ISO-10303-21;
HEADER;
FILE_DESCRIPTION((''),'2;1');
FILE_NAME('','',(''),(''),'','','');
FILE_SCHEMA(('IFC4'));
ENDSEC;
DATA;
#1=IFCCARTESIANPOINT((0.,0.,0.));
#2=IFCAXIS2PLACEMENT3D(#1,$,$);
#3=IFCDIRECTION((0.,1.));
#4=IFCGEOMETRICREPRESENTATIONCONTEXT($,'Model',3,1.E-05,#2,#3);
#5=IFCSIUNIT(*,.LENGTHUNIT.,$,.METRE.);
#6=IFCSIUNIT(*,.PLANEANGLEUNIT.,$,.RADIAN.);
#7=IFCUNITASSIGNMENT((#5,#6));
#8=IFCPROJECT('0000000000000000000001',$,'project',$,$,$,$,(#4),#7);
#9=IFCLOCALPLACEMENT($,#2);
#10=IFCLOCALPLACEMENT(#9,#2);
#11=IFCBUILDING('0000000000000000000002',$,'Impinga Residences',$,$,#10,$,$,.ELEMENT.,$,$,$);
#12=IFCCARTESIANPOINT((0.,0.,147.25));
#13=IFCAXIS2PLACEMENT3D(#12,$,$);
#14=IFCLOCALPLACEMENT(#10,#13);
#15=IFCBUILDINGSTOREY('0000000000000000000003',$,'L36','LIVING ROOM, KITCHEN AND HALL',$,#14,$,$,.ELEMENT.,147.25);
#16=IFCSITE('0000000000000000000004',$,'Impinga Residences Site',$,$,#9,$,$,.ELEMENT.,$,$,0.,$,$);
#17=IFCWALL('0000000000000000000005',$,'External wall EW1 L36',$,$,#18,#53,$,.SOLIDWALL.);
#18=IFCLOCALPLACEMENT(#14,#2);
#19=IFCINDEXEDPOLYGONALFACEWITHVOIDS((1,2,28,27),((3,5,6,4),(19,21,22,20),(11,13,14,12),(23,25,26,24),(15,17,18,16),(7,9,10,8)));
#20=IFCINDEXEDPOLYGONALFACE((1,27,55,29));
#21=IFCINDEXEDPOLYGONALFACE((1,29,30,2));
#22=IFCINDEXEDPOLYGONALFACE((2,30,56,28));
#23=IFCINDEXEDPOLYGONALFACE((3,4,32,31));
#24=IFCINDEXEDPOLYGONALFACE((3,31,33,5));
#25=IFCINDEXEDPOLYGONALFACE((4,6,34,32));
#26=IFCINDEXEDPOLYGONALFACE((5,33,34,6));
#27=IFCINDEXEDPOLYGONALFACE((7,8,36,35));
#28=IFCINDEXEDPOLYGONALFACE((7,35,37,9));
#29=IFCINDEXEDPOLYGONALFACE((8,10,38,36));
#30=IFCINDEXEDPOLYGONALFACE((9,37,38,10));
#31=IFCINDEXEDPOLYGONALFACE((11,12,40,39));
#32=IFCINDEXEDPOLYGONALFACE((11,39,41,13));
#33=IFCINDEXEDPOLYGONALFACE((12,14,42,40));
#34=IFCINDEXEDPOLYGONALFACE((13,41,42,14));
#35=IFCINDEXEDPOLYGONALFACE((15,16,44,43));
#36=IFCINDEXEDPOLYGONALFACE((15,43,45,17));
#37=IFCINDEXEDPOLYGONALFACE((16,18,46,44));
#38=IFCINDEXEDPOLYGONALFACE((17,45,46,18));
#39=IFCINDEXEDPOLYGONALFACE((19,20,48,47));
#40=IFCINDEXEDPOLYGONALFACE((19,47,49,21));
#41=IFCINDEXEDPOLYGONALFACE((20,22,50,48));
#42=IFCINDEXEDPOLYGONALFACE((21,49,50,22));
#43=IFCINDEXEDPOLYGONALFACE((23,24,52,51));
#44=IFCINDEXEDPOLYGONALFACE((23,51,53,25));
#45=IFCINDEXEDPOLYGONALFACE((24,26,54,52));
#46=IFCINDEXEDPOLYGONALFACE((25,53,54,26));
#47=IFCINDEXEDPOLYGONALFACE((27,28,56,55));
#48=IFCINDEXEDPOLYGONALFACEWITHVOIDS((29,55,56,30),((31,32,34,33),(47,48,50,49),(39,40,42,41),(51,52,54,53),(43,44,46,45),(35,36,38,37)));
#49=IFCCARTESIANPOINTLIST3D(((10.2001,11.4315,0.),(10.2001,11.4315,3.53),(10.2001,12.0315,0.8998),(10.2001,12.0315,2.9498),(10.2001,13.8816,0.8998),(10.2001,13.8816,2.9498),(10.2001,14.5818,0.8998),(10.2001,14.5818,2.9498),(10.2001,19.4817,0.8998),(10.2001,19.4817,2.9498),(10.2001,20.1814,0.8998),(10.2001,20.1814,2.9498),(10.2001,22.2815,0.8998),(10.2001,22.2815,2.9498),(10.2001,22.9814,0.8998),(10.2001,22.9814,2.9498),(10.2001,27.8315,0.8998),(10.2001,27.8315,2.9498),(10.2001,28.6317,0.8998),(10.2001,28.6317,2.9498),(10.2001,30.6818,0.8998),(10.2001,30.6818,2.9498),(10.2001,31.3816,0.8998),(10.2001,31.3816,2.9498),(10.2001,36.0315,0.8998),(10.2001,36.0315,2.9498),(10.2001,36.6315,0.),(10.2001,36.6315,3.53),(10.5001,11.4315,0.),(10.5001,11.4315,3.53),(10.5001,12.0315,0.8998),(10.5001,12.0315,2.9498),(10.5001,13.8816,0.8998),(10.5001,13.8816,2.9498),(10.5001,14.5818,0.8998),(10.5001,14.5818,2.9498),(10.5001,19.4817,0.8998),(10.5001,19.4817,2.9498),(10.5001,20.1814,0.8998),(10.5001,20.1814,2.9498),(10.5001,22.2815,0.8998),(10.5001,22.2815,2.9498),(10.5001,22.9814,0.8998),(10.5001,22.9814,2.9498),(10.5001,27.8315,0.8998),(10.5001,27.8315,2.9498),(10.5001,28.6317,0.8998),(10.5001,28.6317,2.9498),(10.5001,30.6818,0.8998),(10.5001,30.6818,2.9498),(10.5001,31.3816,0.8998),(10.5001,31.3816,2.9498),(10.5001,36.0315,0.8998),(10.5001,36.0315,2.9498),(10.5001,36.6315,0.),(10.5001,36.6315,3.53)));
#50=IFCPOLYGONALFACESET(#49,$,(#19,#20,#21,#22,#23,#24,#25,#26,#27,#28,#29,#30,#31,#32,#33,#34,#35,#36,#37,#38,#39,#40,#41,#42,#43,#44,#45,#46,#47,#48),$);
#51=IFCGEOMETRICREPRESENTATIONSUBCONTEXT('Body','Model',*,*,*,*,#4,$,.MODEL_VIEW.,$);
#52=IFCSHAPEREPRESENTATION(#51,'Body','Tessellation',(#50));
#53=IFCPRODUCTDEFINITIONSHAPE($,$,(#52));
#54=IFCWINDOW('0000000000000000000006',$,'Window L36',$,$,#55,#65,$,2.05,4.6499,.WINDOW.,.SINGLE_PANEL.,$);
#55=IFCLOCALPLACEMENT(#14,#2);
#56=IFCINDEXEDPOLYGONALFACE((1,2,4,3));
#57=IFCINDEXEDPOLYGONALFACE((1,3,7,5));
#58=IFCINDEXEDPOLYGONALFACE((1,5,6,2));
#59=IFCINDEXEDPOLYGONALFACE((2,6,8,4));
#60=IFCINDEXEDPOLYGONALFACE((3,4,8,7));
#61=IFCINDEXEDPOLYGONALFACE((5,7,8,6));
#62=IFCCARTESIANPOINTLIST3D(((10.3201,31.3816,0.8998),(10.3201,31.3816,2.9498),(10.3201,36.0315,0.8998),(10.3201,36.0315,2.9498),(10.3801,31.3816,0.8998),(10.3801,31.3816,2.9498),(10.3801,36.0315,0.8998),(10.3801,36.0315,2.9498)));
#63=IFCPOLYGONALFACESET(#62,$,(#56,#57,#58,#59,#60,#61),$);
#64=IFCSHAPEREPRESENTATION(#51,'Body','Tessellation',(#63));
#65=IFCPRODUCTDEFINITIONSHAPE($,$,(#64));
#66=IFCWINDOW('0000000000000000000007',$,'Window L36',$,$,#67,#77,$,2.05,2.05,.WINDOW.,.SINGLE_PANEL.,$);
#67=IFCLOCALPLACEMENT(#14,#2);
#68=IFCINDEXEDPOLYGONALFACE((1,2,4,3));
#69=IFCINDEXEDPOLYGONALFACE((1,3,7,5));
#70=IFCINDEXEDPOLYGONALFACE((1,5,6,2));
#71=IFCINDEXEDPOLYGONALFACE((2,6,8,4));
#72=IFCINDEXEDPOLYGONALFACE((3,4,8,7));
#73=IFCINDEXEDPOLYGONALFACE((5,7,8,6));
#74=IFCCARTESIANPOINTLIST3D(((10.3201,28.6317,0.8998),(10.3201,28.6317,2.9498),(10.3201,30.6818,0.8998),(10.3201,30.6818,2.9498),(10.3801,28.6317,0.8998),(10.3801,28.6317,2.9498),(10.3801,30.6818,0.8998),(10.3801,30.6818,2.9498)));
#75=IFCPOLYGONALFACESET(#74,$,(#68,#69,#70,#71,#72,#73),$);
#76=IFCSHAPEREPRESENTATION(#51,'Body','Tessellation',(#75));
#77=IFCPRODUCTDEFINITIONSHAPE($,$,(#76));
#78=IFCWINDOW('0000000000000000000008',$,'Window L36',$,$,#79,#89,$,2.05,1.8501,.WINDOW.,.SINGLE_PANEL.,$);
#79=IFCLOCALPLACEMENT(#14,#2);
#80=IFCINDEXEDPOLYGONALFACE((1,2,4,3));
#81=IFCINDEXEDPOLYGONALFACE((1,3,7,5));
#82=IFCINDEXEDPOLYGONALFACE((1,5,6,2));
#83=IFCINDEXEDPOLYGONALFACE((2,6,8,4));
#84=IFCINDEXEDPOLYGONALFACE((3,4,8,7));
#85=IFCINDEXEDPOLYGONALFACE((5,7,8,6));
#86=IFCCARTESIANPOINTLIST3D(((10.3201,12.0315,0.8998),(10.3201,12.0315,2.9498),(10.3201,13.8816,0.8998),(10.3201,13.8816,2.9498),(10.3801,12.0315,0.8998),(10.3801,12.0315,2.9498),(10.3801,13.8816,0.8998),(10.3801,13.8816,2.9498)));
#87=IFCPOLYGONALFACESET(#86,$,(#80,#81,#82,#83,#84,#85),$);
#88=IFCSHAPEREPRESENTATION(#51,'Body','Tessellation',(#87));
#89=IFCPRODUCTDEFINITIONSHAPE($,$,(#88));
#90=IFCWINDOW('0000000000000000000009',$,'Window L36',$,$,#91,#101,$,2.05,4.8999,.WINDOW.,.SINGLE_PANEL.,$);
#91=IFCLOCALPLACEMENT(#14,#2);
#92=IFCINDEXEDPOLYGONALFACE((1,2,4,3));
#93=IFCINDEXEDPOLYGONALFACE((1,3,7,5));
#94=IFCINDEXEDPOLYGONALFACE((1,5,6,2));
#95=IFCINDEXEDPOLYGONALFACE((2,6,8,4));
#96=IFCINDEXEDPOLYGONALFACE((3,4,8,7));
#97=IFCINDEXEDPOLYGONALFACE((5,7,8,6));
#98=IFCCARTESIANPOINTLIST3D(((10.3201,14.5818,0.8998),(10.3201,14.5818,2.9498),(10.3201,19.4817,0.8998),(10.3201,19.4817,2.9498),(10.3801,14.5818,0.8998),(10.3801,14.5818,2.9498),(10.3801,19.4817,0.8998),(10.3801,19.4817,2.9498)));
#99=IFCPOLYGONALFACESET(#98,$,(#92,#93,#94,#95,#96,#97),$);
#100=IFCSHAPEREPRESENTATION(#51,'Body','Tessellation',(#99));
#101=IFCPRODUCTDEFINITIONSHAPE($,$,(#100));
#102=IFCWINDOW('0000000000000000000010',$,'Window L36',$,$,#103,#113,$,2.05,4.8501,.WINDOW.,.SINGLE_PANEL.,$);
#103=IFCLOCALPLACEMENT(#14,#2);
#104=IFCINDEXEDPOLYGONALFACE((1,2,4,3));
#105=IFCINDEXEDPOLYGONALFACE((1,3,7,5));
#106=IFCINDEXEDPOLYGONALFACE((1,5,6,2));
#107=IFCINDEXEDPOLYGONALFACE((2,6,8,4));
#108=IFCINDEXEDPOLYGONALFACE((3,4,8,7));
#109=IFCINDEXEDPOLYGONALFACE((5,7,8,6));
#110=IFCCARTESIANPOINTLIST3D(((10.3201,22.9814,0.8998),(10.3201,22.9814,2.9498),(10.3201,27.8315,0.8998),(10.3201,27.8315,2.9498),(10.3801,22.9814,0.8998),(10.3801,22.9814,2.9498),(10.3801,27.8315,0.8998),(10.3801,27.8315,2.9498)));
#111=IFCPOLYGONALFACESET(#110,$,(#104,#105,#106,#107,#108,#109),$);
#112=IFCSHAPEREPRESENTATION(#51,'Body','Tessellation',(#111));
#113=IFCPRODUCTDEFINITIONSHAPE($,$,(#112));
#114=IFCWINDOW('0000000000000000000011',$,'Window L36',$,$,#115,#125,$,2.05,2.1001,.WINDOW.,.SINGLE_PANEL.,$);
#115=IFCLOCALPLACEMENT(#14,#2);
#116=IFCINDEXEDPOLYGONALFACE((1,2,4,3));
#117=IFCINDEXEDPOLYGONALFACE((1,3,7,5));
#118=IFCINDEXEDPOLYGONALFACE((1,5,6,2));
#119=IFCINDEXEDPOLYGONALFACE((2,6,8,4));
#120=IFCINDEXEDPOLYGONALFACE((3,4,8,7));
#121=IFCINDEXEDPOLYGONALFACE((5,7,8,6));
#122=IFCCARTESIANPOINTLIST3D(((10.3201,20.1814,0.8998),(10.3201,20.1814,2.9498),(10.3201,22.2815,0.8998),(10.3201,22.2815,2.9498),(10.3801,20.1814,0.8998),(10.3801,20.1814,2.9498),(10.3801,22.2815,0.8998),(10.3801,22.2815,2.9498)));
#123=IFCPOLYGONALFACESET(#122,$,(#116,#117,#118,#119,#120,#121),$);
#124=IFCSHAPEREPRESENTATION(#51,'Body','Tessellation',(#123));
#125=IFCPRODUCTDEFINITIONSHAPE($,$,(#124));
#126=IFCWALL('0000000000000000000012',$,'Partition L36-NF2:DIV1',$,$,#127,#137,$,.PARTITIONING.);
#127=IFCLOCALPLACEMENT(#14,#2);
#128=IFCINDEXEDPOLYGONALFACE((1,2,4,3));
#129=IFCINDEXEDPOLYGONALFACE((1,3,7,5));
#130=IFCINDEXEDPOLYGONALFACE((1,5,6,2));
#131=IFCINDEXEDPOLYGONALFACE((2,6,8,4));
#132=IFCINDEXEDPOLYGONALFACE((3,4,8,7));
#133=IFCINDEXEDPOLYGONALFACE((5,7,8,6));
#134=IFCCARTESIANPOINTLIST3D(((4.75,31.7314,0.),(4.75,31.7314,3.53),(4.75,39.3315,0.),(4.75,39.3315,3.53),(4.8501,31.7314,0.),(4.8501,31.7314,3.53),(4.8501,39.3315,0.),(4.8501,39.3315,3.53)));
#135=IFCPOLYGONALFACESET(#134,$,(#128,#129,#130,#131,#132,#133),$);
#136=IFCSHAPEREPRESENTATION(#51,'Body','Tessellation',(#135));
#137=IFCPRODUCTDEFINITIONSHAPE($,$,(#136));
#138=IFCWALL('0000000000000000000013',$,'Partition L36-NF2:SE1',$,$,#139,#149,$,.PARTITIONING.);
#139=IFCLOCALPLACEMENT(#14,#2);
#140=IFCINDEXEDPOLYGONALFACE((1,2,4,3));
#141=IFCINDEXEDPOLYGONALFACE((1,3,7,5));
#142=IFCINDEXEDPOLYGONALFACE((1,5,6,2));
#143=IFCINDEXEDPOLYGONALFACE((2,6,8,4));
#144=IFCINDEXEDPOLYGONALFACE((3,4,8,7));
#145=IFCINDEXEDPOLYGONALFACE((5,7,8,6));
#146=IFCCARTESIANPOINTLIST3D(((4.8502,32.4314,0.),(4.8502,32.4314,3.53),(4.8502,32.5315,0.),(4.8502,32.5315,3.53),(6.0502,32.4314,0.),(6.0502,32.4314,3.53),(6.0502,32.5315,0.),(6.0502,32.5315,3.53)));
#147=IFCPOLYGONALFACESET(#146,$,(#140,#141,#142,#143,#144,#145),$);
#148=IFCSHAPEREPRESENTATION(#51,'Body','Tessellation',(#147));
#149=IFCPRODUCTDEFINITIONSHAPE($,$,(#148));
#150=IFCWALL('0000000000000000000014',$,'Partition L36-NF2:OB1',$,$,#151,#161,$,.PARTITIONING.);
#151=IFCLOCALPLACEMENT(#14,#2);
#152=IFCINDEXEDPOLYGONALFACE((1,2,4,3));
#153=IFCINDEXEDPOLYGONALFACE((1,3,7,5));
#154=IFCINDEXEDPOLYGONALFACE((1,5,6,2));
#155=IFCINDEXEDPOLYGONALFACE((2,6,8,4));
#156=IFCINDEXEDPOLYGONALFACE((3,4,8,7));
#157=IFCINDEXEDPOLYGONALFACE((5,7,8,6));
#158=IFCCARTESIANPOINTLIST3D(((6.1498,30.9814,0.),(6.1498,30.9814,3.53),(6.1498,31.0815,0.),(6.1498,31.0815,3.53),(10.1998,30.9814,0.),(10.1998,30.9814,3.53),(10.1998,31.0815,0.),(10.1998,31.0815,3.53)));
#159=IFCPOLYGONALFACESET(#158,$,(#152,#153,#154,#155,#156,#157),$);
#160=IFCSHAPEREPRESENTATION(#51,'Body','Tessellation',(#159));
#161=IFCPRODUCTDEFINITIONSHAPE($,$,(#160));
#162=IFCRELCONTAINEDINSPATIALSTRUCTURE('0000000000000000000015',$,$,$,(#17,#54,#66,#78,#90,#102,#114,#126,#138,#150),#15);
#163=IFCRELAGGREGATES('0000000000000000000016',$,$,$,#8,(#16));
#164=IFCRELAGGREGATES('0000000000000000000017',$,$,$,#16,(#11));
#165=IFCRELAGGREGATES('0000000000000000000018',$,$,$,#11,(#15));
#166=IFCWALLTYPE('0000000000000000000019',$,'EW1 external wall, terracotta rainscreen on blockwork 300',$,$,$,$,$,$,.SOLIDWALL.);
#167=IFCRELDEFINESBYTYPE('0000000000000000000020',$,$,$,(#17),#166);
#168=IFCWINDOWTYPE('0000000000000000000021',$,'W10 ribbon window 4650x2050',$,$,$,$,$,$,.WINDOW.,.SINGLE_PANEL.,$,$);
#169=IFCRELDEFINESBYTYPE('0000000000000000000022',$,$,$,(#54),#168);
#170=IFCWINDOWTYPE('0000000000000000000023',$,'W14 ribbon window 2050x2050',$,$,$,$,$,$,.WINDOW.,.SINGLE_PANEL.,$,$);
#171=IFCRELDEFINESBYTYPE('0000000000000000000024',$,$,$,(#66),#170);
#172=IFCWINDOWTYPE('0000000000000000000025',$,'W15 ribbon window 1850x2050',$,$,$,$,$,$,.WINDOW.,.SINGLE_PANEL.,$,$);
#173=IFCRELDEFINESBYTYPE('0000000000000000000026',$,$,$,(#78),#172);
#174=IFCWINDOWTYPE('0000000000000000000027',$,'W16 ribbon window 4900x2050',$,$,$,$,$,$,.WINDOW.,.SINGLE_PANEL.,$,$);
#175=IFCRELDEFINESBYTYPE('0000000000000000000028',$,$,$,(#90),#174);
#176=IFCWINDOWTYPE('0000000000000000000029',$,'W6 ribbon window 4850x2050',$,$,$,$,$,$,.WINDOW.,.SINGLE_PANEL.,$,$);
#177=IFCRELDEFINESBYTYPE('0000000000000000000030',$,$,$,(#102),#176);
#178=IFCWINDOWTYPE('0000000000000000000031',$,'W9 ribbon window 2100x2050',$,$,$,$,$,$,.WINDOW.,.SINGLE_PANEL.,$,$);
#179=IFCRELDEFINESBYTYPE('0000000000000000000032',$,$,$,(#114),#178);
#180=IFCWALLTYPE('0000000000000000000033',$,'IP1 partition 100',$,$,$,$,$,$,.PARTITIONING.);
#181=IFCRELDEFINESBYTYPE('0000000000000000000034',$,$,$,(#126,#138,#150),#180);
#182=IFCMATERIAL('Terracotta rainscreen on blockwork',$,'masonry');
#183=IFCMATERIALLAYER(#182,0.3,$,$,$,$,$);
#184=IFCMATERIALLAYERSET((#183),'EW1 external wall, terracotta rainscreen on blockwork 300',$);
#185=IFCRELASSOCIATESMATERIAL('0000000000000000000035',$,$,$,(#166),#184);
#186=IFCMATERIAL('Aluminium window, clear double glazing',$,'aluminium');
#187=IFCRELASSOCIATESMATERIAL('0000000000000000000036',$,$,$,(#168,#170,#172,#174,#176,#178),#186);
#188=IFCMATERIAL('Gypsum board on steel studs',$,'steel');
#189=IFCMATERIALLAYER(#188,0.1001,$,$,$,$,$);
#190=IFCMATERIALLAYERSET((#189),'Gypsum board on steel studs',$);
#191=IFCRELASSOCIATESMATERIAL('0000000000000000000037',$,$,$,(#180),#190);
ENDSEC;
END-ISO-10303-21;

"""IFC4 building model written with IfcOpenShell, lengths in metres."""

from ifc_helpers import new_model, si_unit, direction, frame, frame_2d, origin, place, context, subcontext, project, spatial, rectangle, extrude, material, layer, layer_set, type_object, element, fill, save


model = new_model("IFC4")

# Units and contexts
model_context = context("Model", 3, precision=1e-05, world=origin(), true_north=direction((0.0, 1.0)))
body_context = subcontext(model_context, "Body", "Model", "MODEL_VIEW")
ifc_project = project(units=[si_unit("LENGTHUNIT", "METRE"), si_unit("PLANEANGLEUNIT", "RADIAN")], contexts=[model_context])

# Site, building, storey
site_placement = place(None, origin())
site = spatial("IfcSite", under=ifc_project, at=site_placement, Name="Impinga Residences Site", CompositionType="ELEMENT", RefElevation=0.0)
building_placement = place(site_placement, origin())
building = spatial("IfcBuilding", under=site, at=building_placement, Name="Impinga Residences", CompositionType="ELEMENT")
storey_placement = place(building_placement, frame((0.0, 0.0, 147.25)))
storey = spatial("IfcBuildingStorey", under=building, at=storey_placement, Name="L36", Description="LIVING ROOM, KITCHEN AND HALL", CompositionType="ELEMENT", Elevation=147.25)

# Shared definitions
ifc_material_1 = material(Name="Terracotta rainscreen on blockwork", Category="masonry")
ifc_layer_1 = layer(ifc_material_1, 0.3)
ifc_layer_set_1 = layer_set([ifc_layer_1], Name="EW1 external wall, terracotta rainscreen on blockwork 300")
wall_type_1 = type_object("IfcWallType", Name="EW1 external wall, terracotta rainscreen on blockwork 300", PredefinedType="SOLIDWALL", material=ifc_layer_set_1)

# Wall, openings, windows
wall_1_placement = place(storey_placement, frame((10.3501, 36.6316, 0.0), z_axis=(0.0, 0.0, 1.0), x_axis=(0.0, -1.0, 0.0)))
wall_1 = element("IfcWall", 1, at=wall_1_placement, inside=storey, type_object=wall_type_1, Name="External wall EW1 L36", PredefinedType="SOLIDWALL", context=body_context, shape_type="SweptSolid", body=[
    extrude(rectangle(XDim=25.2, YDim=0.3, at=frame_2d((12.6001, 0.0))), origin(), (0.0, 0.0, 1.0), 3.53),
])
opening_1_placement = place(wall_1_placement, frame((0.6001, 0.0, 0.8999)))
opening_1 = element("IfcOpeningElement", 2, at=opening_1_placement, cuts=wall_1, PredefinedType="OPENING", context=body_context, shape_type="SweptSolid", body=[
    extrude(rectangle(XDim=4.6499, YDim=2.05, at=frame_2d((2.325, 1.0249))), frame((0.0, 0.1599, 0.0), z_axis=(0.0, -1.0, 0.0), x_axis=(1.0, 0.0, 0.0)), (0.0, 0.0, 1.0), 0.3201),
])
opening_2_placement = place(wall_1_placement, frame((5.95, 0.0, 0.8999)))
opening_2 = element("IfcOpeningElement", 3, at=opening_2_placement, cuts=wall_1, PredefinedType="OPENING", context=body_context, shape_type="SweptSolid", body=[
    extrude(rectangle(XDim=2.05, YDim=2.05, at=frame_2d((1.0249, 1.0249))), frame((0.0, 0.1599, 0.0), z_axis=(0.0, -1.0, 0.0), x_axis=(1.0, 0.0, 0.0)), (0.0, 0.0, 1.0), 0.3201),
])
opening_3_placement = place(wall_1_placement, frame((8.8, 0.0, 0.8999)))
opening_3 = element("IfcOpeningElement", 4, at=opening_3_placement, cuts=wall_1, PredefinedType="OPENING", context=body_context, shape_type="SweptSolid", body=[
    extrude(rectangle(XDim=4.8501, YDim=2.05, at=frame_2d((2.425, 1.0249))), frame((0.0, 0.1599, 0.0), z_axis=(0.0, -1.0, 0.0), x_axis=(1.0, 0.0, 0.0)), (0.0, 0.0, 1.0), 0.3201),
])
opening_4_placement = place(wall_1_placement, frame((14.3501, 0.0, 0.8999)))
opening_4 = element("IfcOpeningElement", 5, at=opening_4_placement, cuts=wall_1, PredefinedType="OPENING", context=body_context, shape_type="SweptSolid", body=[
    extrude(rectangle(XDim=2.1001, YDim=2.05, at=frame_2d((1.05, 1.0249))), frame((0.0, 0.1599, 0.0), z_axis=(0.0, -1.0, 0.0), x_axis=(1.0, 0.0, 0.0)), (0.0, 0.0, 1.0), 0.3201),
])
opening_5_placement = place(wall_1_placement, frame((17.1499, 0.0, 0.8999)))
opening_5 = element("IfcOpeningElement", 6, at=opening_5_placement, cuts=wall_1, PredefinedType="OPENING", context=body_context, shape_type="SweptSolid", body=[
    extrude(rectangle(XDim=4.8999, YDim=2.05, at=frame_2d((2.45, 1.0249))), frame((0.0, 0.1599, 0.0), z_axis=(0.0, -1.0, 0.0), x_axis=(1.0, 0.0, 0.0)), (0.0, 0.0, 1.0), 0.3201),
])
opening_6_placement = place(wall_1_placement, frame((22.75, 0.0, 0.8999)))
opening_6 = element("IfcOpeningElement", 7, at=opening_6_placement, cuts=wall_1, PredefinedType="OPENING", context=body_context, shape_type="SweptSolid", body=[
    extrude(rectangle(XDim=1.8501, YDim=2.05, at=frame_2d((0.925, 1.0249))), frame((0.0, 0.1599, 0.0), z_axis=(0.0, -1.0, 0.0), x_axis=(1.0, 0.0, 0.0)), (0.0, 0.0, 1.0), 0.3201),
])
ifc_material_2 = material(Name="Aluminium window, clear double glazing", Category="aluminium")
window_type_1 = type_object("IfcWindowType", Name="W10 ribbon window 4650x2050", PartitioningType="SINGLE_PANEL", PredefinedType="WINDOW", material=ifc_material_2)
window_1_placement = place(opening_1_placement, origin())
window_1 = element("IfcWindow", 8, at=window_1_placement, inside=storey, type_object=window_type_1, Name="Window L36", OverallHeight=2.05, OverallWidth=4.6499, PartitioningType="SINGLE_PANEL", PredefinedType="WINDOW", context=body_context, shape_type="SweptSolid", body=[
    extrude(rectangle(XDim=4.6499, YDim=2.05, at=frame_2d((2.325, 1.0249))), frame((0.0, 0.03, 0.0), z_axis=(0.0, -1.0, 0.0), x_axis=(1.0, 0.0, 0.0)), (0.0, 0.0, 1.0), 0.0601),
])
fill(opening_1, window_1)
window_type_2 = type_object("IfcWindowType", Name="W14 ribbon window 2050x2050", PartitioningType="SINGLE_PANEL", PredefinedType="WINDOW", material=ifc_material_2)
window_2_placement = place(opening_2_placement, origin())
window_2 = element("IfcWindow", 9, at=window_2_placement, inside=storey, type_object=window_type_2, Name="Window L36", OverallHeight=2.05, OverallWidth=2.05, PartitioningType="SINGLE_PANEL", PredefinedType="WINDOW", context=body_context, shape_type="SweptSolid", body=[
    extrude(rectangle(XDim=2.05, YDim=2.05, at=frame_2d((1.0249, 1.0249))), frame((0.0, 0.03, 0.0), z_axis=(0.0, -1.0, 0.0), x_axis=(1.0, 0.0, 0.0)), (0.0, 0.0, 1.0), 0.0601),
])
fill(opening_2, window_2)
window_type_3 = type_object("IfcWindowType", Name="W15 ribbon window 1850x2050", PartitioningType="SINGLE_PANEL", PredefinedType="WINDOW", material=ifc_material_2)
window_3_placement = place(opening_6_placement, origin())
window_3 = element("IfcWindow", 10, at=window_3_placement, inside=storey, type_object=window_type_3, Name="Window L36", OverallHeight=2.05, OverallWidth=1.8501, PartitioningType="SINGLE_PANEL", PredefinedType="WINDOW", context=body_context, shape_type="SweptSolid", body=[
    extrude(rectangle(XDim=1.8501, YDim=2.05, at=frame_2d((0.925, 1.0249))), frame((0.0, 0.03, 0.0), z_axis=(0.0, -1.0, 0.0), x_axis=(1.0, 0.0, 0.0)), (0.0, 0.0, 1.0), 0.0601),
])
fill(opening_6, window_3)
window_type_4 = type_object("IfcWindowType", Name="W16 ribbon window 4900x2050", PartitioningType="SINGLE_PANEL", PredefinedType="WINDOW", material=ifc_material_2)
window_4_placement = place(opening_5_placement, origin())
window_4 = element("IfcWindow", 11, at=window_4_placement, inside=storey, type_object=window_type_4, Name="Window L36", OverallHeight=2.05, OverallWidth=4.8999, PartitioningType="SINGLE_PANEL", PredefinedType="WINDOW", context=body_context, shape_type="SweptSolid", body=[
    extrude(rectangle(XDim=4.8999, YDim=2.05, at=frame_2d((2.45, 1.0249))), frame((0.0, 0.03, 0.0), z_axis=(0.0, -1.0, 0.0), x_axis=(1.0, 0.0, 0.0)), (0.0, 0.0, 1.0), 0.0601),
])
fill(opening_5, window_4)
window_type_5 = type_object("IfcWindowType", Name="W6 ribbon window 4850x2050", PartitioningType="SINGLE_PANEL", PredefinedType="WINDOW", material=ifc_material_2)
window_5_placement = place(opening_3_placement, origin())
window_5 = element("IfcWindow", 12, at=window_5_placement, inside=storey, type_object=window_type_5, Name="Window L36", OverallHeight=2.05, OverallWidth=4.8501, PartitioningType="SINGLE_PANEL", PredefinedType="WINDOW", context=body_context, shape_type="SweptSolid", body=[
    extrude(rectangle(XDim=4.8501, YDim=2.05, at=frame_2d((2.425, 1.0249))), frame((0.0, 0.03, 0.0), z_axis=(0.0, -1.0, 0.0), x_axis=(1.0, 0.0, 0.0)), (0.0, 0.0, 1.0), 0.0601),
])
fill(opening_3, window_5)
window_type_6 = type_object("IfcWindowType", Name="W9 ribbon window 2100x2050", PartitioningType="SINGLE_PANEL", PredefinedType="WINDOW", material=ifc_material_2)
window_6_placement = place(opening_4_placement, origin())
window_6 = element("IfcWindow", 13, at=window_6_placement, inside=storey, type_object=window_type_6, Name="Window L36", OverallHeight=2.05, OverallWidth=2.1001, PartitioningType="SINGLE_PANEL", PredefinedType="WINDOW", context=body_context, shape_type="SweptSolid", body=[
    extrude(rectangle(XDim=2.1001, YDim=2.05, at=frame_2d((1.05, 1.0249))), frame((0.0, 0.03, 0.0), z_axis=(0.0, -1.0, 0.0), x_axis=(1.0, 0.0, 0.0)), (0.0, 0.0, 1.0), 0.0601),
])
fill(opening_4, window_6)

# Walls
ifc_material_3 = material(Name="Gypsum board on steel studs", Category="steel")
ifc_layer_2 = layer(ifc_material_3, 0.1001)
ifc_layer_set_2 = layer_set([ifc_layer_2], Name="Gypsum board on steel studs")
wall_type_2 = type_object("IfcWallType", Name="IP1 partition 100", PredefinedType="PARTITIONING", material=ifc_layer_set_2)
wall_2_placement = place(storey_placement, frame((4.8, 31.7314, 0.0), z_axis=(0.0, 0.0, 1.0), x_axis=(0.0, 1.0, 0.0)))
element("IfcWall", 14, at=wall_2_placement, inside=storey, type_object=wall_type_2, Name="Partition L36-NF2:DIV1", PredefinedType="PARTITIONING", context=body_context, shape_type="SweptSolid", body=[
    extrude(rectangle(XDim=7.6001, YDim=0.1001, at=frame_2d((3.8, 0.0))), origin(), (0.0, 0.0, 1.0), 3.53),
])
wall_3_placement = place(storey_placement, frame((4.8501, 32.4814, 0.0), z_axis=(0.0, 0.0, 1.0), x_axis=(1.0, 0.0, 0.0)))
element("IfcWall", 15, at=wall_3_placement, inside=storey, type_object=wall_type_2, Name="Partition L36-NF2:SE1", PredefinedType="PARTITIONING", context=body_context, shape_type="SweptSolid", body=[
    extrude(rectangle(XDim=1.2, YDim=0.1001, at=frame_2d((0.6001, 0.0))), origin(), (0.0, 0.0, 1.0), 3.53),
])
wall_4_placement = place(storey_placement, frame((6.1499, 31.0315, 0.0), z_axis=(0.0, 0.0, 1.0), x_axis=(1.0, 0.0, 0.0)))
element("IfcWall", 16, at=wall_4_placement, inside=storey, type_object=wall_type_2, Name="Partition L36-NF2:OB1", PredefinedType="PARTITIONING", context=body_context, shape_type="SweptSolid", body=[
    extrude(rectangle(XDim=4.05, YDim=0.1001, at=frame_2d((2.0249, 0.0))), origin(), (0.0, 0.0, 1.0), 3.53),
])

save(model, "model.ifc")
